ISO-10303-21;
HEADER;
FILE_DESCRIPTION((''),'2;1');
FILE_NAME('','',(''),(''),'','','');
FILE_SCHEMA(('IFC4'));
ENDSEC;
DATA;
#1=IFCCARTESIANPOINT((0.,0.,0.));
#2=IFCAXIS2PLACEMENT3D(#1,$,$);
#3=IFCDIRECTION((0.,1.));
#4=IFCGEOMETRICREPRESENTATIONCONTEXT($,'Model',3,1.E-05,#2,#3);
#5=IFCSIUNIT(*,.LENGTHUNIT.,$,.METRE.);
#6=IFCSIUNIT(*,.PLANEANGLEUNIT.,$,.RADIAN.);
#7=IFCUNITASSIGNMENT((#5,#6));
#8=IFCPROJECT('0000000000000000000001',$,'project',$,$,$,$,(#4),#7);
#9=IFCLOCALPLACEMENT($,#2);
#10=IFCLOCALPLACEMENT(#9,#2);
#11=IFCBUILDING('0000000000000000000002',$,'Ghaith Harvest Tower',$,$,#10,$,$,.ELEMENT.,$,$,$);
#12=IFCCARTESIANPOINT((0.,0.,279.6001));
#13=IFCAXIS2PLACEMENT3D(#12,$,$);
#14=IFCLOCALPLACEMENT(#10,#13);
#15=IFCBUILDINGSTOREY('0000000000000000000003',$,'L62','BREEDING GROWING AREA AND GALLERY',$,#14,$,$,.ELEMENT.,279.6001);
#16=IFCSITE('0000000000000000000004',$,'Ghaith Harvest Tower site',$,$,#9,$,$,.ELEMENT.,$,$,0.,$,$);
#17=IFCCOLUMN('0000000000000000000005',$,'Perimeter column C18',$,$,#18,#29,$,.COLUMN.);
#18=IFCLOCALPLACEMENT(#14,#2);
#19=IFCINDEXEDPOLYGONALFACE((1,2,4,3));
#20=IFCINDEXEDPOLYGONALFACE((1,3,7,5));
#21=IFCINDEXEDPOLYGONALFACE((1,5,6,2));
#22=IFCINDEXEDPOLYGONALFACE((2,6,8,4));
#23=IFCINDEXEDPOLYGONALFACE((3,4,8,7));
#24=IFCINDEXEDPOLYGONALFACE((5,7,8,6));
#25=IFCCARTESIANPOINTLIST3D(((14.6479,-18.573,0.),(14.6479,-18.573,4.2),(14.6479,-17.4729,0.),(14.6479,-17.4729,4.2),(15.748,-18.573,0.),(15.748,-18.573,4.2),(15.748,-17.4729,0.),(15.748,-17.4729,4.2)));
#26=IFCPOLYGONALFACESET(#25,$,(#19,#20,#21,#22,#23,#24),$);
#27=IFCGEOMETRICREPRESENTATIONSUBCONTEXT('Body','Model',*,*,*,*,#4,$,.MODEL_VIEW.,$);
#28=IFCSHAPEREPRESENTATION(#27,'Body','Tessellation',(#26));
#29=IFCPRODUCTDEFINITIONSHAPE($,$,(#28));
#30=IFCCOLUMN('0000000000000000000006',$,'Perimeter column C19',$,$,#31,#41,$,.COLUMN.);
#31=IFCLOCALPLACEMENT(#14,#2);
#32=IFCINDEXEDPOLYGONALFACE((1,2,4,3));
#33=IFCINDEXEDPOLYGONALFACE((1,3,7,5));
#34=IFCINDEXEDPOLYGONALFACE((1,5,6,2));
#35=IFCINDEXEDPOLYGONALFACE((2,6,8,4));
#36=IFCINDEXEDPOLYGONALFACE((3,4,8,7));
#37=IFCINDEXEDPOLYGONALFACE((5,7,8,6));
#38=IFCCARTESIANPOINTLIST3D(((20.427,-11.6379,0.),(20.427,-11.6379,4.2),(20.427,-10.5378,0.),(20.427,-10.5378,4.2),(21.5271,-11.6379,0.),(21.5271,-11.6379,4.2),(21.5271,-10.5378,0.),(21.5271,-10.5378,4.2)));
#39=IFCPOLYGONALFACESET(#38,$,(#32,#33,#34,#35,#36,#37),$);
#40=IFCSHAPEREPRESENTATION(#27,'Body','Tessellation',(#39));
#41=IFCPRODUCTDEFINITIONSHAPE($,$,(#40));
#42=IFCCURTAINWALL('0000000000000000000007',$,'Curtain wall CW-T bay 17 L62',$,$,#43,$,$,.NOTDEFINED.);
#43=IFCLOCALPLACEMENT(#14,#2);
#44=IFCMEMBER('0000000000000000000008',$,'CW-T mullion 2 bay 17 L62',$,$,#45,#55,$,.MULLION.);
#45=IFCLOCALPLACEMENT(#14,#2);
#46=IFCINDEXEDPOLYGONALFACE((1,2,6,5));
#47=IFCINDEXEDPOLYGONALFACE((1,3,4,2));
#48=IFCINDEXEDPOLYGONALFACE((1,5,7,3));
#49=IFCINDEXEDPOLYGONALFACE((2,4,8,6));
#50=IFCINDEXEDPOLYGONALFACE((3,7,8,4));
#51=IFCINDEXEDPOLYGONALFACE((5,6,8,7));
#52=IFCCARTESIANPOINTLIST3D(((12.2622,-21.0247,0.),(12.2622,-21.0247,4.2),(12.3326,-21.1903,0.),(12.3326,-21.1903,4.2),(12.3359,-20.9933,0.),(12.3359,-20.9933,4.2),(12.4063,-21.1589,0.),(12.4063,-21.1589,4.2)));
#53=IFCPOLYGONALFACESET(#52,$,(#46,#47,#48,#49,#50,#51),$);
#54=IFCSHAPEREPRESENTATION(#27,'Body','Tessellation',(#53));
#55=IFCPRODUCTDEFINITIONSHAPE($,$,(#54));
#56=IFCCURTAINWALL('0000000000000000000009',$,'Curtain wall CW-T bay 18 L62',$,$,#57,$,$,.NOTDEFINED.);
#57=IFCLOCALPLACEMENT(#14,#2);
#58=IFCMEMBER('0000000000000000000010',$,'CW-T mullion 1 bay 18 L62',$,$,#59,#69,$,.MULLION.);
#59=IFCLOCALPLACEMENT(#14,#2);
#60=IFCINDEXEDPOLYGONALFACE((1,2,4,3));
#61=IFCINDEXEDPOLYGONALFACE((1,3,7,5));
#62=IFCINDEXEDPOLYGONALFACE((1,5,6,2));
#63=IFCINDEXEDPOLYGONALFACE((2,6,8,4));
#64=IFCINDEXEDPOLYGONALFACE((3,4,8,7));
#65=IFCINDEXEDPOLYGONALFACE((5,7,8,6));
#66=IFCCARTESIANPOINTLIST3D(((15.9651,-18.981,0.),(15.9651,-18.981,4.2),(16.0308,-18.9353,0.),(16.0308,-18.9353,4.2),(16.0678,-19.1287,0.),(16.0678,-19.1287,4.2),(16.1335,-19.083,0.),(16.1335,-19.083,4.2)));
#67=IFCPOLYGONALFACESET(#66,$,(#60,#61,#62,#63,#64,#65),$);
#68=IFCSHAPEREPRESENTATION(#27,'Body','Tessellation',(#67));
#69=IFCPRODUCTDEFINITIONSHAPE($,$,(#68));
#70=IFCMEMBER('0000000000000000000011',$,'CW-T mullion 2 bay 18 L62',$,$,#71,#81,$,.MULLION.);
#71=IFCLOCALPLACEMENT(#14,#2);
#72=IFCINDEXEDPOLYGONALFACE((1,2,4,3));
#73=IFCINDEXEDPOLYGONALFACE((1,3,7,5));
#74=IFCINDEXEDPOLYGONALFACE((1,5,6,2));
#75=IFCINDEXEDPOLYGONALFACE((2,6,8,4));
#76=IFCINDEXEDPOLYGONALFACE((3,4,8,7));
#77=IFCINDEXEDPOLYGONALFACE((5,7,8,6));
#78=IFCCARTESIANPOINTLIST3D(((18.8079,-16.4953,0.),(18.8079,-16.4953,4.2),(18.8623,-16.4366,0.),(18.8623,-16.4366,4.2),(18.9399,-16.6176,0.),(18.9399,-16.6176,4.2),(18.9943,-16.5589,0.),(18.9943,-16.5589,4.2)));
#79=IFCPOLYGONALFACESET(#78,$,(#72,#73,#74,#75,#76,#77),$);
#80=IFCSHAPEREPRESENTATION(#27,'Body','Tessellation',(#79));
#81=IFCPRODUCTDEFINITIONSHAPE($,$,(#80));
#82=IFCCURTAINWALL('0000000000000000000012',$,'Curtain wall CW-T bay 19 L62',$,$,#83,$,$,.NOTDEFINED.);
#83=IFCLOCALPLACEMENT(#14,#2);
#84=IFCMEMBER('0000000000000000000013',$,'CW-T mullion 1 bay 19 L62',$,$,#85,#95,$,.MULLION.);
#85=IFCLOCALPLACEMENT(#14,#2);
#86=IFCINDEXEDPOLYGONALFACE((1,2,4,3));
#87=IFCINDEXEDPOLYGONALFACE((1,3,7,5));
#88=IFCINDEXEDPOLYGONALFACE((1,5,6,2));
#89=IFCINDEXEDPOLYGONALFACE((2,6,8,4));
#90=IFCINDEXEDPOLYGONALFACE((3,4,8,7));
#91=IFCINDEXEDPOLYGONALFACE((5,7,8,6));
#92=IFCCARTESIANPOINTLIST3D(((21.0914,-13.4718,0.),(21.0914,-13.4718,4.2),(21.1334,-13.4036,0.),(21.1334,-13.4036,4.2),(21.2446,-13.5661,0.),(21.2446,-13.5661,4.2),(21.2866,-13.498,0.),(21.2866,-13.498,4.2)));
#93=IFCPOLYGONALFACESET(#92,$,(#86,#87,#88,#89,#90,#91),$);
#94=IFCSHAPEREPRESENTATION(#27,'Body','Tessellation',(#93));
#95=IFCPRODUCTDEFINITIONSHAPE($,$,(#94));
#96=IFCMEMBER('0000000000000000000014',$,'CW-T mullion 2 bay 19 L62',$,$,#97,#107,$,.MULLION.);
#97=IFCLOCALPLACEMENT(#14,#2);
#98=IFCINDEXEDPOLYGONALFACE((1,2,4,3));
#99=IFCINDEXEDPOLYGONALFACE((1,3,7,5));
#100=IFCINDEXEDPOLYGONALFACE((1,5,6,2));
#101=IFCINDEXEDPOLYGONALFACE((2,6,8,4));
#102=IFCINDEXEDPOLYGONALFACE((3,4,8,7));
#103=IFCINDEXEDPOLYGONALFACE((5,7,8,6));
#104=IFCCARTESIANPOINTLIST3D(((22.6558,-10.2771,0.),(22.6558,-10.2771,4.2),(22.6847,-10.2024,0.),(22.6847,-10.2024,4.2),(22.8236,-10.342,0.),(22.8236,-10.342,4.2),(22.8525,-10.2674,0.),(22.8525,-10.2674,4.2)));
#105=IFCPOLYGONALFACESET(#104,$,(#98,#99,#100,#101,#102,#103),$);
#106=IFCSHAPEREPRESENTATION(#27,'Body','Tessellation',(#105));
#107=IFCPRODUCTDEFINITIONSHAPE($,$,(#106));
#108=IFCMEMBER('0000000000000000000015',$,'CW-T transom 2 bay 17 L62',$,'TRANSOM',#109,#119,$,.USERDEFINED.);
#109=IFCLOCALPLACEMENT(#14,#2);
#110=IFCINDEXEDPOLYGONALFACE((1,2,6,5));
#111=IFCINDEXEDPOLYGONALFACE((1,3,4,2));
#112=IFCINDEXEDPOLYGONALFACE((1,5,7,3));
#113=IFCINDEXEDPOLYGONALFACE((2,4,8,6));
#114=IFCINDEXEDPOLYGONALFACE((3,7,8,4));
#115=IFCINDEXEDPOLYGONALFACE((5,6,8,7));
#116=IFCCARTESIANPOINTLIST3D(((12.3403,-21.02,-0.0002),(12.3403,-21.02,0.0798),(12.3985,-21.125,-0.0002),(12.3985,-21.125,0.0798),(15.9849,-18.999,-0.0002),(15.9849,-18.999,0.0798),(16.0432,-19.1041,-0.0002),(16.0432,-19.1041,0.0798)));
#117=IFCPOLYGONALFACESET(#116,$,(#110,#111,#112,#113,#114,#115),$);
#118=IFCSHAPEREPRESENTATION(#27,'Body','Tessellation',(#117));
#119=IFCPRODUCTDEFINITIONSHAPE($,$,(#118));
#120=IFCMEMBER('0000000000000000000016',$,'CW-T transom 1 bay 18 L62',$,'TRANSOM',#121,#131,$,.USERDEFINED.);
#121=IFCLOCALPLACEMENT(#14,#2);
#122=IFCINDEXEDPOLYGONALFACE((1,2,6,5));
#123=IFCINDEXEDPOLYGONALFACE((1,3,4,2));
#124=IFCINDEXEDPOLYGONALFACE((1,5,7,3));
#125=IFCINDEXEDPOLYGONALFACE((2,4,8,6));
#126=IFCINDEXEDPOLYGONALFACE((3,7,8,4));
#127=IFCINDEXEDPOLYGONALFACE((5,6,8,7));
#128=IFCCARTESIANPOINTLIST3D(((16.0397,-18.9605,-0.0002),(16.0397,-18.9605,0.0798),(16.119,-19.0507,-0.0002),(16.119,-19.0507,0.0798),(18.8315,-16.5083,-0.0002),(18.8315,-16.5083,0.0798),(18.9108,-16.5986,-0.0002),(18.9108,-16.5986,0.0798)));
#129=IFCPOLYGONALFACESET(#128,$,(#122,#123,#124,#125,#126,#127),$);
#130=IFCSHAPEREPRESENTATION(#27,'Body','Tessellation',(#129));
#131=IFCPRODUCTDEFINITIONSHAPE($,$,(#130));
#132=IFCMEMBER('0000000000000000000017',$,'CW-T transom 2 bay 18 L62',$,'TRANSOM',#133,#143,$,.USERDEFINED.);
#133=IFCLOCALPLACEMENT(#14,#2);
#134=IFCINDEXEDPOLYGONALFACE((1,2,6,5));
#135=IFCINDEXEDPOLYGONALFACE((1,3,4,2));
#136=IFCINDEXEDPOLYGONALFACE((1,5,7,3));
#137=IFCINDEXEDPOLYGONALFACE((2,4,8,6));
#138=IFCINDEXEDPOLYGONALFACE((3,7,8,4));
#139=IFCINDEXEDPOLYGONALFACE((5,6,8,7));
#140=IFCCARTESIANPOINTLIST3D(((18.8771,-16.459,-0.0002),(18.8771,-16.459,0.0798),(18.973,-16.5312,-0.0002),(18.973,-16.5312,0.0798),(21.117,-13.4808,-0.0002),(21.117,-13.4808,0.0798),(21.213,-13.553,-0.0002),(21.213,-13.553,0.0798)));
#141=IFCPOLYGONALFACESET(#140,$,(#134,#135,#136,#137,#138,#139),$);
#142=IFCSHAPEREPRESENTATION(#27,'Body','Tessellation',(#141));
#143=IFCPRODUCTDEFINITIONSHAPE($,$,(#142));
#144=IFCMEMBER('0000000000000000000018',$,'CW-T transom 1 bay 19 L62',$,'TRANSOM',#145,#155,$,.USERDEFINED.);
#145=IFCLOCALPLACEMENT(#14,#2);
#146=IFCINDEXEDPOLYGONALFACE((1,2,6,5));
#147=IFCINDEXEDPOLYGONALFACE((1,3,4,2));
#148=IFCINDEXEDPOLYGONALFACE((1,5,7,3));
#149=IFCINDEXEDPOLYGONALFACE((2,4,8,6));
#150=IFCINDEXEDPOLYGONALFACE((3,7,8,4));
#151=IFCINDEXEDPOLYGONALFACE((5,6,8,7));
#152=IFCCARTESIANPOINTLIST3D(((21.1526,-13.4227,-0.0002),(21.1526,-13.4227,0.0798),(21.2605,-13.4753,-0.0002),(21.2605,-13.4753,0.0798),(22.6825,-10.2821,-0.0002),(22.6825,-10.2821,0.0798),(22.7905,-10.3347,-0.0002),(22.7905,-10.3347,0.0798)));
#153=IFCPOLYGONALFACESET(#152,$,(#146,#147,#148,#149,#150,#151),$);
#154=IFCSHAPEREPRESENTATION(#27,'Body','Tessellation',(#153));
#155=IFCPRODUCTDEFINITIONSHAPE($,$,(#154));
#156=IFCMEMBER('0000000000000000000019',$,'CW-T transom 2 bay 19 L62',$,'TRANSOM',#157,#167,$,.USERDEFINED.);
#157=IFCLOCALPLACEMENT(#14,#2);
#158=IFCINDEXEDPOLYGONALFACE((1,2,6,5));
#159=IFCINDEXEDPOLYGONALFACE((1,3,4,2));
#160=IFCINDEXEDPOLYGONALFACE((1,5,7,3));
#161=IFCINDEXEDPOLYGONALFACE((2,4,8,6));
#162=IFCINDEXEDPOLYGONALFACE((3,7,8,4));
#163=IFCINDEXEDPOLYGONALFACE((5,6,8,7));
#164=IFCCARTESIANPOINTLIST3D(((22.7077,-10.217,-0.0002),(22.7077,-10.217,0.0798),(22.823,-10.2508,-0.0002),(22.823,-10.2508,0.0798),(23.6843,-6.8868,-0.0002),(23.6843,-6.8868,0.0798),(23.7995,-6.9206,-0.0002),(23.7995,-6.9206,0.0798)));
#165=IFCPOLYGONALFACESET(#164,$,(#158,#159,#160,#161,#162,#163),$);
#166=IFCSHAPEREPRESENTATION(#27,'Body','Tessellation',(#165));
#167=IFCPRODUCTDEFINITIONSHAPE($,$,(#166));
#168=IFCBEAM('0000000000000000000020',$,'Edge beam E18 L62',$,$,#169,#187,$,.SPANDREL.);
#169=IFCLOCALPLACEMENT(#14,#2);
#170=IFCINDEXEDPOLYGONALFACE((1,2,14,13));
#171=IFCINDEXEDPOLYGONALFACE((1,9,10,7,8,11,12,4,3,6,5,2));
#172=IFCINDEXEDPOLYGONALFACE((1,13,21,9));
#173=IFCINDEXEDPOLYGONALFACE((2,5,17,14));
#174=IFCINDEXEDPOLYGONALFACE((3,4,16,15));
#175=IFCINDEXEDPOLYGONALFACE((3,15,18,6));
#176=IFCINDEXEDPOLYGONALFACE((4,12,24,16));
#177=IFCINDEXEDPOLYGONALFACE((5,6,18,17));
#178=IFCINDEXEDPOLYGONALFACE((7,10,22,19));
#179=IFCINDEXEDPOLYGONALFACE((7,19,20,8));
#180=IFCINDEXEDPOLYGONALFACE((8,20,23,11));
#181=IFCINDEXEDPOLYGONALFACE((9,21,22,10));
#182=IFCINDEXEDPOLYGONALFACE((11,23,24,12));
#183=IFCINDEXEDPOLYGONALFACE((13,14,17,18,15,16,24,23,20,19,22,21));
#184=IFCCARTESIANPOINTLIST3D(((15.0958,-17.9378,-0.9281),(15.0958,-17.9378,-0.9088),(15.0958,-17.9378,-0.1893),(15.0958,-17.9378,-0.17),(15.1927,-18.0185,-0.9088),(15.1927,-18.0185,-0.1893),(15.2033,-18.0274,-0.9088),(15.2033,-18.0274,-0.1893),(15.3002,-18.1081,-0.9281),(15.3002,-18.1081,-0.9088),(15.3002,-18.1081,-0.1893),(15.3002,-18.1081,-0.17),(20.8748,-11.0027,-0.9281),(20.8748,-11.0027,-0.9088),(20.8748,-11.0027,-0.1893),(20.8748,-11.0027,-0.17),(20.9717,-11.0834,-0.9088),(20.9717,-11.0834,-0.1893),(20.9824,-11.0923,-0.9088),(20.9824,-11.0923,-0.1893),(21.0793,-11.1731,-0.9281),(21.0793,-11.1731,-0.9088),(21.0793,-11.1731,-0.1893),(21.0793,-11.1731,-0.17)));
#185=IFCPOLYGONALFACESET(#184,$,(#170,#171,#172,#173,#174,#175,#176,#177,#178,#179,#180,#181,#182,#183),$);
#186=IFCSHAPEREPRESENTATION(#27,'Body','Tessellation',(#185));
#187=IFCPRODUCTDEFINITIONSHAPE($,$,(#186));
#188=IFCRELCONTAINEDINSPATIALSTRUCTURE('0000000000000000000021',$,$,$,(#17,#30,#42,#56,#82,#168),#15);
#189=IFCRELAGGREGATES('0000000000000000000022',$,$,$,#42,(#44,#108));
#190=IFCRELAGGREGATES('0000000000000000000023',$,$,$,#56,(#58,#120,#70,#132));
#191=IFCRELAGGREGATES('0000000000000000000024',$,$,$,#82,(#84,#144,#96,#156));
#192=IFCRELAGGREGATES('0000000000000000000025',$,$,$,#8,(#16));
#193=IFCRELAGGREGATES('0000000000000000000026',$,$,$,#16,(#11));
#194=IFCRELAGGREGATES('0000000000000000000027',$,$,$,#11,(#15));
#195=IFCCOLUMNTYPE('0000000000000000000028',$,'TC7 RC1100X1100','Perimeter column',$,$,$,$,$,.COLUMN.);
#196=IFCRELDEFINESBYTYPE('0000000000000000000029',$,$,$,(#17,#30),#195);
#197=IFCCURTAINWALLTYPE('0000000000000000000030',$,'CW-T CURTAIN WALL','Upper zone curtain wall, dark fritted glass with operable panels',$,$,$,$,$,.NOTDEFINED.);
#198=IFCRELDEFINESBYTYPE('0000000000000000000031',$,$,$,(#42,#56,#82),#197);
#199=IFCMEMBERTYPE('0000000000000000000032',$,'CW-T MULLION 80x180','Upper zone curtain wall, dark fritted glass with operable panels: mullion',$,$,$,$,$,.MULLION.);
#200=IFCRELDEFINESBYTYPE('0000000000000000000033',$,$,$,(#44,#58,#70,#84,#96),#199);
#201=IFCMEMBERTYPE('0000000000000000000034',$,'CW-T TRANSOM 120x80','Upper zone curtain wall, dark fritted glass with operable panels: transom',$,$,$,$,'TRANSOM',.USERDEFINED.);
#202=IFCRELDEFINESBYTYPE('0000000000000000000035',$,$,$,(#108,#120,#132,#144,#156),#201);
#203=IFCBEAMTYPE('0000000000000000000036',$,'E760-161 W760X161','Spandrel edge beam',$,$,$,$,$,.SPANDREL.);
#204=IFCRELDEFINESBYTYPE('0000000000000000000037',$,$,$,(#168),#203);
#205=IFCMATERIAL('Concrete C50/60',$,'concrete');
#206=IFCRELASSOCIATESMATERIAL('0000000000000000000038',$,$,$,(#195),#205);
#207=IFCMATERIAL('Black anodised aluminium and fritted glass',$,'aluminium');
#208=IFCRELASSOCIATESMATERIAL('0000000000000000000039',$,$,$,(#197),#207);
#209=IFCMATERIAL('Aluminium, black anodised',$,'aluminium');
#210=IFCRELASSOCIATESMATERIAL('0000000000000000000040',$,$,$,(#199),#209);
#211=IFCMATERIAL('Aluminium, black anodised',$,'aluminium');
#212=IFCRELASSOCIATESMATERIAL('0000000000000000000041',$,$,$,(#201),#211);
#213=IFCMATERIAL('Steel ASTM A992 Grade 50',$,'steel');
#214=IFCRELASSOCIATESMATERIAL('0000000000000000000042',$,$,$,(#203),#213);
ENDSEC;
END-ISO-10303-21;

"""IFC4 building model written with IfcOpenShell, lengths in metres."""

from ifc_helpers import new_model, si_unit, direction, frame, origin, origin_2d, place, context, subcontext, project, spatial, rectangle, i_section, extrude, material, material_profile, profile_set, type_object, element, aggregate, save


model = new_model("IFC4")

# Units and contexts
model_context = context("Model", 3, precision=1e-05, world=origin(), true_north=direction((0.0, 1.0)))
body_context = subcontext(model_context, "Body", "Model", "MODEL_VIEW")
ifc_project = project(units=[si_unit("LENGTHUNIT", "METRE"), si_unit("PLANEANGLEUNIT", "RADIAN")], contexts=[model_context])

# Site, building, storey
site_placement = place(None, origin())
site = spatial("IfcSite", under=ifc_project, at=site_placement, Name="Ghaith Harvest Tower site", CompositionType="ELEMENT", RefElevation=0.0)
building_placement = place(site_placement, origin())
building = spatial("IfcBuilding", under=site, at=building_placement, Name="Ghaith Harvest Tower", CompositionType="ELEMENT")
storey_placement = place(building_placement, frame((0.0, 0.0, 279.6001)))
storey = spatial("IfcBuildingStorey", under=building, at=storey_placement, Name="L62", Description="BREEDING GROWING AREA AND GALLERY", CompositionType="ELEMENT", Elevation=279.6001)

# Columns
ifc_material_1 = material(Name="Concrete C50/60", Category="concrete")
ifc_material_profile_1 = material_profile(ifc_material_1, rectangle(XDim=1.1001, YDim=1.1001, at=origin_2d()), Name="RC1100X1100")
ifc_profile_set_1 = profile_set([ifc_material_profile_1], Name="Concrete C50/60")
column_type = type_object("IfcColumnType", Name="TC7 RC1100X1100", Description="Perimeter column", PredefinedType="COLUMN", material=ifc_profile_set_1)
for number, where, z_axis, x_axis, name in (
    (1, (15.198, -18.0229, 0.0), (0.0, 0.0, 1.0), (1.0, 0.0, 0.0), "Perimeter column C18"),
    (2, (20.9771, -11.0879, 0.0), (0.0, 0.0, 1.0), (1.0, 0.0, 0.0), "Perimeter column C19"),
):
    element("IfcColumn", number, at=place(storey_placement, frame(where, z_axis=z_axis, x_axis=x_axis)), inside=storey, type_object=column_type, Name=name, PredefinedType="COLUMN", context=body_context, shape_type="SweptSolid", body=[
        extrude(rectangle(XDim=1.1001, YDim=1.1001, at=origin_2d()), origin(), (0.0, 0.0, 1.0), 4.2),
    ])

# Curtain wall, member
ifc_material_2 = material(Name="Black anodised aluminium and fritted glass", Category="aluminium")
curtain_wall_type = type_object("IfcCurtainWallType", Name="CW-T CURTAIN WALL", Description="Upper zone curtain wall, dark fritted glass with operable panels", PredefinedType="NOTDEFINED", material=ifc_material_2)
curtain_wall_1_placement = place(storey_placement, origin())
curtain_wall_1 = element("IfcCurtainWall", 3, at=curtain_wall_1_placement, inside=storey, type_object=curtain_wall_type, Name="Curtain wall CW-T bay 17 L62", PredefinedType="NOTDEFINED")
ifc_material_3 = material(Name="Aluminium, black anodised", Category="aluminium")
ifc_material_profile_2 = material_profile(ifc_material_3, rectangle(XDim=0.0801, YDim=0.1799, at=origin_2d()), Name="CW-T MULLION 80x180")
ifc_profile_set_2 = profile_set([ifc_material_profile_2], Name="Aluminium, black anodised")
member_type_1 = type_object("IfcMemberType", Name="CW-T MULLION 80x180", Description="Upper zone curtain wall, dark fritted glass with operable panels: mullion", PredefinedType="MULLION", material=ifc_profile_set_2)
member_1_placement = place(storey_placement, frame((12.3342, -21.0918, 0.0), z_axis=(0.0, 0.0, 1.0), x_axis=(0.920319, 0.391168, 0.0)))
member_1 = element("IfcMember", 4, at=member_1_placement, type_object=member_type_1, Name="CW-T mullion 2 bay 17 L62", PredefinedType="MULLION", context=body_context, shape_type="SweptSolid", body=[
    extrude(rectangle(XDim=0.0801, YDim=0.1799, at=origin_2d()), origin(), (0.0, 0.0, 1.0), 4.2),
])

# Curtain walls, members
curtain_wall_2_placement = place(storey_placement, origin())
curtain_wall_2 = element("IfcCurtainWall", 5, at=curtain_wall_2_placement, inside=storey, type_object=curtain_wall_type, Name="Curtain wall CW-T bay 18 L62", PredefinedType="NOTDEFINED")
member_2_placement = place(storey_placement, frame((16.0493, -19.032, 0.0), z_axis=(0.0, 0.0, 1.0), x_axis=(0.821112, 0.570767, 0.0)))
member_2 = element("IfcMember", 6, at=member_2_placement, type_object=member_type_1, Name="CW-T mullion 1 bay 18 L62", PredefinedType="MULLION", context=body_context, shape_type="SweptSolid", body=[
    extrude(rectangle(XDim=0.0801, YDim=0.1799, at=origin_2d()), origin(), (0.0, 0.0, 1.0), 4.2),
])
member_3_placement = place(storey_placement, frame((18.9011, -16.5271, 0.0), z_axis=(0.0, 0.0, 1.0), x_axis=(0.679661, 0.733526, 0.0)))
member_3 = element("IfcMember", 7, at=member_3_placement, type_object=member_type_1, Name="CW-T mullion 2 bay 18 L62", PredefinedType="MULLION", context=body_context, shape_type="SweptSolid", body=[
    extrude(rectangle(XDim=0.0801, YDim=0.1799, at=origin_2d()), origin(), (0.0, 0.0, 1.0), 4.2),
])
curtain_wall_3_placement = place(storey_placement, origin())
curtain_wall_3 = element("IfcCurtainWall", 8, at=curtain_wall_3_placement, inside=storey, type_object=curtain_wall_type, Name="Curtain wall CW-T bay 19 L62", PredefinedType="NOTDEFINED")
member_4_placement = place(storey_placement, frame((21.189, -13.4849, 0.0), z_axis=(0.0, 0.0, 1.0), x_axis=(0.524482, 0.851421, 0.0)))
member_4 = element("IfcMember", 9, at=member_4_placement, type_object=member_type_1, Name="CW-T mullion 1 bay 19 L62", PredefinedType="MULLION", context=body_context, shape_type="SweptSolid", body=[
    extrude(rectangle(XDim=0.0801, YDim=0.1799, at=origin_2d()), origin(), (0.0, 0.0, 1.0), 4.2),
])
member_5_placement = place(storey_placement, frame((22.7542, -10.2722, 0.0), z_axis=(0.0, 0.0, 1.0), x_axis=(0.361184, 0.932494, 0.0)))
member_5 = element("IfcMember", 10, at=member_5_placement, type_object=member_type_1, Name="CW-T mullion 2 bay 19 L62", PredefinedType="MULLION", context=body_context, shape_type="SweptSolid", body=[
    extrude(rectangle(XDim=0.0801, YDim=0.1799, at=origin_2d()), origin(), (0.0, 0.0, 1.0), 4.2),
])

# Members
ifc_material_4 = material(Name="Aluminium, black anodised", Category="aluminium")
ifc_material_profile_3 = material_profile(ifc_material_4, rectangle(XDim=0.1201, YDim=0.0801, at=origin_2d()), Name="CW-T TRANSOM 120x80")
ifc_profile_set_3 = profile_set([ifc_material_profile_3], Name="Aluminium, black anodised")
member_type_2 = type_object("IfcMemberType", Name="CW-T TRANSOM 120x80", Description="Upper zone curtain wall, dark fritted glass with operable panels: transom", ElementType="TRANSOM", PredefinedType="USERDEFINED", material=ifc_profile_set_3)
member_6_placement = place(storey_placement, frame((12.3694, -21.0725, 0.0398), z_axis=(0.874552, 0.484932, 0.0), x_axis=(-0.484932, 0.874552, 0.0)))
member_6 = element("IfcMember", 11, at=member_6_placement, type_object=member_type_2, Name="CW-T transom 2 bay 17 L62", ObjectType="TRANSOM", PredefinedType="USERDEFINED", context=body_context, shape_type="SweptSolid", body=[
    extrude(rectangle(XDim=0.1201, YDim=0.0801, at=origin_2d()), origin(), (0.0, 0.0, 1.0), 4.1675),
])
member_7_placement = place(storey_placement, frame((16.0793, -19.0056, 0.0398), z_axis=(0.751326, 0.659931, 0.0), x_axis=(-0.659931, 0.751326, 0.0)))
member_7 = element("IfcMember", 12, at=member_7_placement, type_object=member_type_2, Name="CW-T transom 1 bay 18 L62", ObjectType="TRANSOM", PredefinedType="USERDEFINED", context=body_context, shape_type="SweptSolid", body=[
    extrude(rectangle(XDim=0.1201, YDim=0.0801, at=origin_2d()), origin(), (0.0, 0.0, 1.0), 3.7158),
])
member_8_placement = place(storey_placement, frame((18.925, -16.4951, 0.0398), z_axis=(0.601079, 0.79919, 0.0), x_axis=(-0.79919, 0.601079, 0.0)))
member_8 = element("IfcMember", 13, at=member_8_placement, type_object=member_type_2, Name="CW-T transom 2 bay 18 L62", ObjectType="TRANSOM", PredefinedType="USERDEFINED", context=body_context, shape_type="SweptSolid", body=[
    extrude(rectangle(XDim=0.1201, YDim=0.0801, at=origin_2d()), origin(), (0.0, 0.0, 1.0), 3.7266),
])
member_9_placement = place(storey_placement, frame((21.2065, -13.449, 0.0398), z_axis=(0.437965, 0.898992, 0.0), x_axis=(-0.898992, 0.437965, 0.0)))
member_9 = element("IfcMember", 14, at=member_9_placement, type_object=member_type_2, Name="CW-T transom 1 bay 19 L62", ObjectType="TRANSOM", PredefinedType="USERDEFINED", context=body_context, shape_type="SweptSolid", body=[
    extrude(rectangle(XDim=0.1201, YDim=0.0801, at=origin_2d()), origin(), (0.0, 0.0, 1.0), 3.4934),
])
member_10_placement = place(storey_placement, frame((22.7654, -10.2339, 0.0398), z_axis=(0.281385, 0.959595, 0.0), x_axis=(-0.959595, 0.281385, 0.0)))
member_10 = element("IfcMember", 15, at=member_10_placement, type_object=member_type_2, Name="CW-T transom 2 bay 19 L62", ObjectType="TRANSOM", PredefinedType="USERDEFINED", context=body_context, shape_type="SweptSolid", body=[
    extrude(rectangle(XDim=0.1201, YDim=0.0801, at=origin_2d()), origin(), (0.0, 0.0, 1.0), 3.4705),
])

# Beam
ifc_material_5 = material(Name="Steel ASTM A992 Grade 50", Category="steel")
ifc_material_profile_4 = material_profile(ifc_material_5, i_section(OverallWidth=0.2661, OverallDepth=0.7581, WebThickness=0.0139, FlangeThickness=0.0193, at=origin_2d()), Name="W760X161")
ifc_profile_set_4 = profile_set([ifc_material_profile_4], Name="Steel ASTM A992 Grade 50")
beam_type_1 = type_object("IfcBeamType", Name="E760-161 W760X161", Description="Spandrel edge beam", PredefinedType="SPANDREL", material=ifc_profile_set_4)
beam_1_placement = place(storey_placement, frame((15.198, -18.0229, -0.5491), z_axis=(0.640174, 0.76823, 0.0), x_axis=(-0.76823, 0.640174, 0.0)))
element("IfcBeam", 16, at=beam_1_placement, inside=storey, type_object=beam_type_1, Name="Edge beam E18 L62", PredefinedType="SPANDREL", context=body_context, shape_type="SweptSolid", body=[
    extrude(i_section(OverallWidth=0.2661, OverallDepth=0.7581, WebThickness=0.0139, FlangeThickness=0.0193, at=origin_2d()), origin(), (0.0, 0.0, 1.0), 9.0273),
])

aggregate(curtain_wall_1, [member_1, member_6])
aggregate(curtain_wall_2, [member_2, member_7, member_3, member_8])
aggregate(curtain_wall_3, [member_4, member_9, member_5, member_10])

save(model, "model.ifc")
